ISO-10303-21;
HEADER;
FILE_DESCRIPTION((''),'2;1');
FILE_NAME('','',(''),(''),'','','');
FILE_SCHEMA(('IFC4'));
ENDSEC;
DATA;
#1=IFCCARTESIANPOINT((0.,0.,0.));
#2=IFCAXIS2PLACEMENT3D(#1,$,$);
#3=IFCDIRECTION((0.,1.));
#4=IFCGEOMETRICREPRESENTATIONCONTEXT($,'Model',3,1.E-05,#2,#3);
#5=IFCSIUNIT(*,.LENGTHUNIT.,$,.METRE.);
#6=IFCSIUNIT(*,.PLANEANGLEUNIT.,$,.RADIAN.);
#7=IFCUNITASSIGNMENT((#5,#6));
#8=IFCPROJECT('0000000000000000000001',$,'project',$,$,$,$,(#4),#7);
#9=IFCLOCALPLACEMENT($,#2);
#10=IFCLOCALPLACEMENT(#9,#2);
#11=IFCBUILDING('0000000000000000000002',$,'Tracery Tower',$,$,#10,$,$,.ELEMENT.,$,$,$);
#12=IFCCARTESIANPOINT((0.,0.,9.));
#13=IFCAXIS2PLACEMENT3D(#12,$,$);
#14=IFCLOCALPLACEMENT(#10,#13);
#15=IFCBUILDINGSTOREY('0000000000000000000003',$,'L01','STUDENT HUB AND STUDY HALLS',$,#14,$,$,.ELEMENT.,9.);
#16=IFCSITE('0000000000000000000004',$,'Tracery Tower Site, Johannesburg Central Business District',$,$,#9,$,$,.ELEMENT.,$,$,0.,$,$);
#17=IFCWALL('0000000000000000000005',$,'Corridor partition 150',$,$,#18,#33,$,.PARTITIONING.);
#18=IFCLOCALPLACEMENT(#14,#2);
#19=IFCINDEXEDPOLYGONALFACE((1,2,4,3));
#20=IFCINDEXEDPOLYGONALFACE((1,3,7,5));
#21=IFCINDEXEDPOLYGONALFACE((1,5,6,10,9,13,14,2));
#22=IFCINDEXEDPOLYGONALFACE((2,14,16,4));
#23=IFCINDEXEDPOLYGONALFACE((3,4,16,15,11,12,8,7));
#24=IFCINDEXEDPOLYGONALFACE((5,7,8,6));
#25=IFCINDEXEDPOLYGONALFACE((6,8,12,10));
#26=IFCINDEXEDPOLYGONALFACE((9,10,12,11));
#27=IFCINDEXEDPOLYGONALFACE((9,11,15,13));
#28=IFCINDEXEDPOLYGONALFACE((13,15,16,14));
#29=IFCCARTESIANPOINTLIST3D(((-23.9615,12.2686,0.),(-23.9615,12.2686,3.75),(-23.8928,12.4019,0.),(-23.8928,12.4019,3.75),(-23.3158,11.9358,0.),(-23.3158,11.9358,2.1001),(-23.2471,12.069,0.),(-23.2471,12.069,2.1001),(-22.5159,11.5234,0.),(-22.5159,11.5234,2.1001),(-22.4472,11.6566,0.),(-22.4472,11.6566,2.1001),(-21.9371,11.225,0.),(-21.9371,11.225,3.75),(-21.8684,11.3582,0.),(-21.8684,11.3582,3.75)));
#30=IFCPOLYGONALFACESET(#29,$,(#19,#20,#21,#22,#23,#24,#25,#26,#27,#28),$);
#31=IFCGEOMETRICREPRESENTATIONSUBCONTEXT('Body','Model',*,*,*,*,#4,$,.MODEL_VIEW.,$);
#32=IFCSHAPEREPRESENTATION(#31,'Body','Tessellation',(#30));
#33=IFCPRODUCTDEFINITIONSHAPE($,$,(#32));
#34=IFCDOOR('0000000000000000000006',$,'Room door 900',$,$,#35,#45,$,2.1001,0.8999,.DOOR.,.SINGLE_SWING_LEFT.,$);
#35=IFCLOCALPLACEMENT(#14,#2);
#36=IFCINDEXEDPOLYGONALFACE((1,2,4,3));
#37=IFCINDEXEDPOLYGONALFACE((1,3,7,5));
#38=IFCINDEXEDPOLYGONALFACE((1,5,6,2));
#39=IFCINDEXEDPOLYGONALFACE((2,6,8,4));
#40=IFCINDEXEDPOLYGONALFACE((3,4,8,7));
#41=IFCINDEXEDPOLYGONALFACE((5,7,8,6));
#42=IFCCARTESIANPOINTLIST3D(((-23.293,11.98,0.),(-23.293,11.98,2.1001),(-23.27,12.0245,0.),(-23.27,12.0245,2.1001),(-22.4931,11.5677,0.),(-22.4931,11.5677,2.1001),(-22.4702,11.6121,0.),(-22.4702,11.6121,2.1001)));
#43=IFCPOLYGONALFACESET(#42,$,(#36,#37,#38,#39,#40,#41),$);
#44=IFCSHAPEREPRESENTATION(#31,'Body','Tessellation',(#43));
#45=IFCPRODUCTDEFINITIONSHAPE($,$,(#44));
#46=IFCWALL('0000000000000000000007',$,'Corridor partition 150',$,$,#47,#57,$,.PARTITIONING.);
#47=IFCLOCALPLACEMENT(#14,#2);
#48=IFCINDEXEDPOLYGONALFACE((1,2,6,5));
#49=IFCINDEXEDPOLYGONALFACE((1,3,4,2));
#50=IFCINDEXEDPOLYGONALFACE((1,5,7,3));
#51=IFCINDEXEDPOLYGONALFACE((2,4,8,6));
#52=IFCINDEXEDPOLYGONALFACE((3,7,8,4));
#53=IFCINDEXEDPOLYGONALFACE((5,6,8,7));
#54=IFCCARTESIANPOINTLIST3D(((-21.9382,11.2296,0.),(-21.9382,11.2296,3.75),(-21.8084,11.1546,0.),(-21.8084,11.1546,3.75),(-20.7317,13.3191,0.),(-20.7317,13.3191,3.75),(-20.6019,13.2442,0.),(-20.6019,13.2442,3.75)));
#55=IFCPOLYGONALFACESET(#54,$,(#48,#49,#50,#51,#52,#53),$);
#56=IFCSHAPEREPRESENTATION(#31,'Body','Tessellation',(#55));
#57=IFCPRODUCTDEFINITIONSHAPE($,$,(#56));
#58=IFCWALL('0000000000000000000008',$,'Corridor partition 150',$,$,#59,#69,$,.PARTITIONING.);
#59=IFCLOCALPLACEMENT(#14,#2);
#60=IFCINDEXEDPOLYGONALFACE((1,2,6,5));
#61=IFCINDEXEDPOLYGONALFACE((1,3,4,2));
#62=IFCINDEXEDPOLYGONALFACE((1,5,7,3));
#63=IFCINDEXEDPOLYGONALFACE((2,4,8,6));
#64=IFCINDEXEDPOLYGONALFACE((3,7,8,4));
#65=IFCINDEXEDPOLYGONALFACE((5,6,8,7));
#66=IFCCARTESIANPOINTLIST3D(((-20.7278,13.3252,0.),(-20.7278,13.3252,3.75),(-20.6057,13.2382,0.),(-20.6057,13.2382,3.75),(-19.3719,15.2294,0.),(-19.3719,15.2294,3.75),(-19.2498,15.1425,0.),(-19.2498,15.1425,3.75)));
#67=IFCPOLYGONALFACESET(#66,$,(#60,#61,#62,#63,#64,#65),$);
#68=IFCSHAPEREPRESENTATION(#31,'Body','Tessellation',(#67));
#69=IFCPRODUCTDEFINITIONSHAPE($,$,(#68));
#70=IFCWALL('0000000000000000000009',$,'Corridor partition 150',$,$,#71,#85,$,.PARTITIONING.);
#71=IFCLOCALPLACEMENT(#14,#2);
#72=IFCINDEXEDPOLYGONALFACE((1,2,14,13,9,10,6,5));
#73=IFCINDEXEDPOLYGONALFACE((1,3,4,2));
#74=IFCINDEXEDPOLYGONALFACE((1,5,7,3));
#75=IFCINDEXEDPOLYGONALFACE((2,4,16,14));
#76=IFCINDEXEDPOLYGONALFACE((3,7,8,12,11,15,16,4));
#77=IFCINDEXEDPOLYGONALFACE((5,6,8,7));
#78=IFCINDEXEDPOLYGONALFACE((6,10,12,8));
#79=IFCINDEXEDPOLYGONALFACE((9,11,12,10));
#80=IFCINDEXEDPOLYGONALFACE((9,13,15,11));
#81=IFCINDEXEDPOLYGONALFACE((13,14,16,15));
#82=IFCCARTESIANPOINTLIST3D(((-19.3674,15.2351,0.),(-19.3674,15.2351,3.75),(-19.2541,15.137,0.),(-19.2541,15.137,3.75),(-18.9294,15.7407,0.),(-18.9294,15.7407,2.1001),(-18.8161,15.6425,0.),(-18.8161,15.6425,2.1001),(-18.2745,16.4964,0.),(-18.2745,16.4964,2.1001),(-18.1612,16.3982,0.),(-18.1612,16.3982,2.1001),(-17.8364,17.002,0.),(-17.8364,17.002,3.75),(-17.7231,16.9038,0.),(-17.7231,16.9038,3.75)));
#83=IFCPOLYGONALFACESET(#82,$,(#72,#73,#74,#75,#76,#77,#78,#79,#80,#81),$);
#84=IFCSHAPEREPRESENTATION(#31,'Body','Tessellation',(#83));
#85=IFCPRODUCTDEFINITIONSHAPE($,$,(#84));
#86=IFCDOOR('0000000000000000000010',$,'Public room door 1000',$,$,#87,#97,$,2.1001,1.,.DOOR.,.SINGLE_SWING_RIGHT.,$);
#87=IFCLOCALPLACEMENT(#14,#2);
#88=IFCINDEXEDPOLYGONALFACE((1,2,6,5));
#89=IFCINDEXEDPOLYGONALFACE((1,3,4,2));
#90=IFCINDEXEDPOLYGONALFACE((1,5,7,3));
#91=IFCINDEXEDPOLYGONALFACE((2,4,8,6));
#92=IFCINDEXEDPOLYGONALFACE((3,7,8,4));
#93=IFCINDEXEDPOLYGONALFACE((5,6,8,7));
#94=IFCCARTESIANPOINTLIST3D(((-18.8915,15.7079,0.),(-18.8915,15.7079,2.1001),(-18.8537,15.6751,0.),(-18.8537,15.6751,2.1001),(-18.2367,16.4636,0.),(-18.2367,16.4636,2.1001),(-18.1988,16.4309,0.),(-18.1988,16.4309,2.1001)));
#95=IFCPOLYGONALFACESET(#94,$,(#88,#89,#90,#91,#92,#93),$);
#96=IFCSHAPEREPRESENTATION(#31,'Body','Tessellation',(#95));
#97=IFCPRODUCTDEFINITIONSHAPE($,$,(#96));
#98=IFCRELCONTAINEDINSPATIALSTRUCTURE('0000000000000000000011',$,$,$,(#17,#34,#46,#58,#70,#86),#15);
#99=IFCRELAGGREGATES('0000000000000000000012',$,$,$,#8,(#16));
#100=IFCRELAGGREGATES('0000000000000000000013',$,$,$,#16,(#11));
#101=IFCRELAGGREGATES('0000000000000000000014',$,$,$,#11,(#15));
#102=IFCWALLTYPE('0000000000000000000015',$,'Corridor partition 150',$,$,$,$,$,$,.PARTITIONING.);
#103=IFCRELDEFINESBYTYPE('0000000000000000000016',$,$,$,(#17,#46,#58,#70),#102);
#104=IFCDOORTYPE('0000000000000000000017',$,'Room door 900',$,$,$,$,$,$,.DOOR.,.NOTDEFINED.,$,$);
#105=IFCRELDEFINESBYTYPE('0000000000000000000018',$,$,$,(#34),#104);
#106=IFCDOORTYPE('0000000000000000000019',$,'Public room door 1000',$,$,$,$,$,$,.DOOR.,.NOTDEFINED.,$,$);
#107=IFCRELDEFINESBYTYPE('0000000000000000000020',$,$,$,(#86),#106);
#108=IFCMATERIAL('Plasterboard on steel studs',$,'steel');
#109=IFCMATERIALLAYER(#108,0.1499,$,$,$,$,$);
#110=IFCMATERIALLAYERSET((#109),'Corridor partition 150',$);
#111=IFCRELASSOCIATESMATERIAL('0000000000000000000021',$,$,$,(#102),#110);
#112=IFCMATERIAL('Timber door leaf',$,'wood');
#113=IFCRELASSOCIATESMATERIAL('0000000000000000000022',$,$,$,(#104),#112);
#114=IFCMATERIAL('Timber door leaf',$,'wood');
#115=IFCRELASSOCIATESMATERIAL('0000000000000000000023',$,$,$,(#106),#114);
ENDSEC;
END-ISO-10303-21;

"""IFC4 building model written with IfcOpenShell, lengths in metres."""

from ifc_helpers import new_model, si_unit, direction, frame, frame_2d, origin, place, context, subcontext, project, spatial, rectangle, extrude, material, layer, layer_set, type_object, element, fill, save


model = new_model("IFC4")

# Units and contexts
model_context = context("Model", 3, precision=1e-05, world=origin(), true_north=direction((0.0, 1.0)))
body_context = subcontext(model_context, "Body", "Model", "MODEL_VIEW")
ifc_project = project(units=[si_unit("LENGTHUNIT", "METRE"), si_unit("PLANEANGLEUNIT", "RADIAN")], contexts=[model_context])

# Site, building, storey
site_placement = place(None, origin())
site = spatial("IfcSite", under=ifc_project, at=site_placement, Name="Tracery Tower Site, Johannesburg Central Business District", CompositionType="ELEMENT", RefElevation=0.0)
building_placement = place(site_placement, origin())
building = spatial("IfcBuilding", under=site, at=building_placement, Name="Tracery Tower", CompositionType="ELEMENT")
storey_placement = place(building_placement, frame((0.0, 0.0, 9.0)))
storey = spatial("IfcBuildingStorey", under=building, at=storey_placement, Name="L01", Description="STUDENT HUB AND STUDY HALLS", CompositionType="ELEMENT", Elevation=9.0)

# Wall, opening, door
ifc_material_1 = material(Name="Plasterboard on steel studs", Category="steel")
ifc_layer_1 = layer(ifc_material_1, 0.1499)
ifc_layer_set_1 = layer_set([ifc_layer_1], Name="Corridor partition 150")
wall_type_1 = type_object("IfcWallType", Name="Corridor partition 150", PredefinedType="PARTITIONING", material=ifc_layer_set_1)
wall_1_placement = place(storey_placement, frame((-23.927, 12.3352, 0.0), z_axis=(0.0, 0.0, 1.0), x_axis=(0.888828, -0.458242, 0.0)))
wall_1 = element("IfcWall", 1, at=wall_1_placement, inside=storey, type_object=wall_type_1, Name="Corridor partition 150", PredefinedType="PARTITIONING", context=body_context, shape_type="SweptSolid", body=[
    extrude(rectangle(XDim=2.2776, YDim=0.1499, at=frame_2d((1.1387, 0.0))), origin(), (0.0, 0.0, 1.0), 3.75),
])
opening_1_placement = place(wall_1_placement, frame((0.7263, 0.0, 0.0)))
opening_1 = element("IfcOpeningElement", 2, at=opening_1_placement, cuts=wall_1, PredefinedType="OPENING", context=body_context, shape_type="SweptSolid", body=[
    extrude(rectangle(XDim=0.8999, YDim=2.1001, at=frame_2d((0.45, 1.05))), frame((0.0, 0.075, 0.0), z_axis=(0.0, -1.0, 0.0), x_axis=(1.0, 0.0, 0.0)), (0.0, 0.0, 1.0), 0.1499),
])
ifc_material_2 = material(Name="Timber door leaf", Category="wood")
door_type_1 = type_object("IfcDoorType", Name="Room door 900", OperationType="NOTDEFINED", PredefinedType="DOOR", material=ifc_material_2)
door_1_placement = place(opening_1_placement, origin())
door_1 = element("IfcDoor", 3, at=door_1_placement, inside=storey, type_object=door_type_1, Name="Room door 900", OperationType="SINGLE_SWING_LEFT", OverallHeight=2.1001, OverallWidth=0.8999, PredefinedType="DOOR", context=body_context, shape_type="SweptSolid", body=[
    extrude(rectangle(XDim=0.8999, YDim=2.1001, at=frame_2d((0.45, 1.05))), frame((0.0, 0.0249, 0.0), z_axis=(0.0, -1.0, 0.0), x_axis=(1.0, 0.0, 0.0)), (0.0, 0.0, 1.0), 0.05),
])
fill(opening_1, door_1)

# Walls
wall_2_placement = place(storey_placement, frame((-20.6667, 13.2817, 0.0), z_axis=(0.0, 0.0, 1.0), x_axis=(-0.500035, -0.866005, 0.0)))
element("IfcWall", 4, at=wall_2_placement, inside=storey, type_object=wall_type_1, Name="Corridor partition 150", PredefinedType="PARTITIONING", context=body_context, shape_type="SweptSolid", body=[
    extrude(rectangle(XDim=2.4128, YDim=0.1499, at=frame_2d((1.2065, 0.0))), origin(), (0.0, 0.0, 1.0), 3.75),
])
wall_3_placement = place(storey_placement, frame((-19.3108, 15.186, 0.0), z_axis=(0.0, 0.0, 1.0), x_axis=(-0.580032, -0.814593, 0.0)))
element("IfcWall", 5, at=wall_3_placement, inside=storey, type_object=wall_type_1, Name="Corridor partition 150", PredefinedType="PARTITIONING", context=body_context, shape_type="SweptSolid", body=[
    extrude(rectangle(XDim=2.3376, YDim=0.1499, at=frame_2d((1.1689, 0.0))), origin(), (0.0, 0.0, 1.0), 3.75),
])

# Wall, opening, door
wall_4_placement = place(storey_placement, frame((-19.3108, 15.186, 0.0), z_axis=(0.0, 0.0, 1.0), x_axis=(0.654867, 0.755744, 0.0)))
wall_4 = element("IfcWall", 6, at=wall_4_placement, inside=storey, type_object=wall_type_1, Name="Corridor partition 150", PredefinedType="PARTITIONING", context=body_context, shape_type="SweptSolid", body=[
    extrude(rectangle(XDim=2.3379, YDim=0.1499, at=frame_2d((1.1689, 0.0))), origin(), (0.0, 0.0, 1.0), 3.75),
])
opening_2_placement = place(wall_4_placement, frame((0.6689, 0.0, 0.0)))
opening_2 = element("IfcOpeningElement", 7, at=opening_2_placement, cuts=wall_4, PredefinedType="OPENING", context=body_context, shape_type="SweptSolid", body=[
    extrude(rectangle(XDim=1.0, YDim=2.1001, at=frame_2d((0.5, 1.05))), frame((0.0, 0.075, 0.0), z_axis=(0.0, -1.0, 0.0), x_axis=(1.0, 0.0, 0.0)), (0.0, 0.0, 1.0), 0.1499),
])
ifc_material_3 = material(Name="Timber door leaf", Category="wood")
door_type_2 = type_object("IfcDoorType", Name="Public room door 1000", OperationType="NOTDEFINED", PredefinedType="DOOR", material=ifc_material_3)
door_2_placement = place(opening_2_placement, origin())
door_2 = element("IfcDoor", 8, at=door_2_placement, inside=storey, type_object=door_type_2, Name="Public room door 1000", OperationType="SINGLE_SWING_RIGHT", OverallHeight=2.1001, OverallWidth=1.0, PredefinedType="DOOR", context=body_context, shape_type="SweptSolid", body=[
    extrude(rectangle(XDim=1.0, YDim=2.1001, at=frame_2d((0.5, 1.05))), frame((0.0, 0.0249, 0.0), z_axis=(0.0, -1.0, 0.0), x_axis=(1.0, 0.0, 0.0)), (0.0, 0.0, 1.0), 0.05),
])
fill(opening_2, door_2)

save(model, "model.ifc")
